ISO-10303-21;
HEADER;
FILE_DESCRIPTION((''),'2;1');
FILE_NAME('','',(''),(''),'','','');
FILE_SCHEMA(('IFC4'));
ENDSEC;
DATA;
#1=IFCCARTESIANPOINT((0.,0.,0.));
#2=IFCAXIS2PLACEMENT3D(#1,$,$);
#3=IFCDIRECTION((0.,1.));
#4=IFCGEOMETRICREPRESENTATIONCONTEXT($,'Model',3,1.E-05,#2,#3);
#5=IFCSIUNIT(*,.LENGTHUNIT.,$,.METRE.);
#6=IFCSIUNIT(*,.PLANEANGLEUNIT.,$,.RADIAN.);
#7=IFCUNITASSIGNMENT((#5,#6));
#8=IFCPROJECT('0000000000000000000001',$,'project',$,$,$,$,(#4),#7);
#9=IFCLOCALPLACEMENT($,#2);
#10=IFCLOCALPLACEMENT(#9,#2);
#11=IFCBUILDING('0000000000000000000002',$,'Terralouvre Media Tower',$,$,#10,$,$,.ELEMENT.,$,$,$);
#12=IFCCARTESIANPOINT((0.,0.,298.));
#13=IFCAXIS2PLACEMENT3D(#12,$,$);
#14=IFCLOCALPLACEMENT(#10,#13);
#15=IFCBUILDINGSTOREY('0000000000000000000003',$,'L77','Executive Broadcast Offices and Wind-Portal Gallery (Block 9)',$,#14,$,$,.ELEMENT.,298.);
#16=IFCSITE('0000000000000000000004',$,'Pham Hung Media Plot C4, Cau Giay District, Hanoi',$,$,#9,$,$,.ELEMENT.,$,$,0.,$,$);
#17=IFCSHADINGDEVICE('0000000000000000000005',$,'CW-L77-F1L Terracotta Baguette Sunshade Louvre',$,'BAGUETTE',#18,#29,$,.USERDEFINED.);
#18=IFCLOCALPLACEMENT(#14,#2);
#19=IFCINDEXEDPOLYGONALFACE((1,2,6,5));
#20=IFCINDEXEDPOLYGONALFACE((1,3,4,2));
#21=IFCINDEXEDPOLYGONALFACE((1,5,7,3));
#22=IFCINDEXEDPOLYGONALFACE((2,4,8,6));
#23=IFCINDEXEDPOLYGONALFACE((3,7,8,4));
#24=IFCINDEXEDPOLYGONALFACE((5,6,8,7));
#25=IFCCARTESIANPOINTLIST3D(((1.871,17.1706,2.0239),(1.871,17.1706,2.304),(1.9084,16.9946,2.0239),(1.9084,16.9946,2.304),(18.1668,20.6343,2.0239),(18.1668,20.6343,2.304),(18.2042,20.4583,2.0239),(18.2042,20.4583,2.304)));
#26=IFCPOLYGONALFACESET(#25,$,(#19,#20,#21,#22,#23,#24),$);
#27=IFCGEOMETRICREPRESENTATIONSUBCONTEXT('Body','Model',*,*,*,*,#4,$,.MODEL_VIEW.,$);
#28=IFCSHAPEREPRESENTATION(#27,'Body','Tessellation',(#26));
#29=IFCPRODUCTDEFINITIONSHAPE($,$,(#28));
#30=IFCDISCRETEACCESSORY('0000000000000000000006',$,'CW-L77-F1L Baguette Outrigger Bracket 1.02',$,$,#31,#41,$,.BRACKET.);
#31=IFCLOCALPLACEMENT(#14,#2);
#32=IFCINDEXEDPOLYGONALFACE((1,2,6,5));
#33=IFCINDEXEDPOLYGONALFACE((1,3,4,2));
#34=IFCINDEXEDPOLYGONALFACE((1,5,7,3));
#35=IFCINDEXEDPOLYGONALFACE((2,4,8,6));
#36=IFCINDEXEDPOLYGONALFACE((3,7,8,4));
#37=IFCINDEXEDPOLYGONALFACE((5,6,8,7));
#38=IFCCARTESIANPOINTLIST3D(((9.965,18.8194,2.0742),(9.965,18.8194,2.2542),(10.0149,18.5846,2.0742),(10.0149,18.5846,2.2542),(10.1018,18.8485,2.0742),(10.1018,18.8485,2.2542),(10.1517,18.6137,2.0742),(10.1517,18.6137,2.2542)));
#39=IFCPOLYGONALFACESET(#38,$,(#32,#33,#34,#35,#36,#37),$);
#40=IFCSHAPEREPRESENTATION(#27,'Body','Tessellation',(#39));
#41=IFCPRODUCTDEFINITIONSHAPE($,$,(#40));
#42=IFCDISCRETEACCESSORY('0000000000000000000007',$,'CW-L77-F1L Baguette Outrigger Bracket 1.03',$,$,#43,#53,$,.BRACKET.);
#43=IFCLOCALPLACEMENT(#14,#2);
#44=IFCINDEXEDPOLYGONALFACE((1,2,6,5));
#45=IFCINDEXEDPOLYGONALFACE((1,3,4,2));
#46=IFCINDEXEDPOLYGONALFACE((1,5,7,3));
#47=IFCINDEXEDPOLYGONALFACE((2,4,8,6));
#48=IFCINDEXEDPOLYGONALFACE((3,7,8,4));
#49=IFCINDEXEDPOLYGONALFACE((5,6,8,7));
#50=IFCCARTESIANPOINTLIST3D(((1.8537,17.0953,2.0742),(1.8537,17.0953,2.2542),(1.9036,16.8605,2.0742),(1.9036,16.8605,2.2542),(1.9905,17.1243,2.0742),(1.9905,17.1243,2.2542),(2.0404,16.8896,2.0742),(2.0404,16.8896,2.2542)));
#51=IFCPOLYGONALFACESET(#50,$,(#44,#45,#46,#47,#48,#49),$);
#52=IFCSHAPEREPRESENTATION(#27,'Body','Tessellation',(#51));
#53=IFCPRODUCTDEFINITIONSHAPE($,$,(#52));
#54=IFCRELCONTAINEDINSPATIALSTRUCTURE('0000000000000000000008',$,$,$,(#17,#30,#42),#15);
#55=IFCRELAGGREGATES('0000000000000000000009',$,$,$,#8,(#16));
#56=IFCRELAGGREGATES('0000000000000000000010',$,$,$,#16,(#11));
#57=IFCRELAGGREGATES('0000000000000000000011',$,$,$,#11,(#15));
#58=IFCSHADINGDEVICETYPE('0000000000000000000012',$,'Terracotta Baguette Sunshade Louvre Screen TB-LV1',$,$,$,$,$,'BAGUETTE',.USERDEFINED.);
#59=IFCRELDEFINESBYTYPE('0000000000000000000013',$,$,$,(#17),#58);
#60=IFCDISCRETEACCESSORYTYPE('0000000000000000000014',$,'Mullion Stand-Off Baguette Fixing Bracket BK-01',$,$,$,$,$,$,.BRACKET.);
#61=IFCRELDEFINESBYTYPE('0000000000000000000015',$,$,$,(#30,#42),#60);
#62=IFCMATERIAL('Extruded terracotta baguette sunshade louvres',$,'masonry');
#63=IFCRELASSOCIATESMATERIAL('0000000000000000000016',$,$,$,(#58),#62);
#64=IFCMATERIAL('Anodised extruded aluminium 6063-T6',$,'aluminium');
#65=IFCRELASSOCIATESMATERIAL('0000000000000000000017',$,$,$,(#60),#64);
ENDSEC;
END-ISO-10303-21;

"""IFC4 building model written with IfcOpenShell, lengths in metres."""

from ifc_helpers import new_model, si_unit, direction, frame, origin, origin_2d, place, context, subcontext, project, spatial, rectangle, extrude, material, type_object, element, save


model = new_model("IFC4")

# Units and contexts
model_context = context("Model", 3, precision=1e-05, world=origin(), true_north=direction((0.0, 1.0)))
body_context = subcontext(model_context, "Body", "Model", "MODEL_VIEW")
ifc_project = project(units=[si_unit("LENGTHUNIT", "METRE"), si_unit("PLANEANGLEUNIT", "RADIAN")], contexts=[model_context])

# Site, building, storey
site_placement = place(None, origin())
site = spatial("IfcSite", under=ifc_project, at=site_placement, Name="Pham Hung Media Plot C4, Cau Giay District, Hanoi", CompositionType="ELEMENT", RefElevation=0.0)
building_placement = place(site_placement, origin())
building = spatial("IfcBuilding", under=site, at=building_placement, Name="Terralouvre Media Tower", CompositionType="ELEMENT")
storey_placement = place(building_placement, frame((0.0, 0.0, 298.0)))
storey = spatial("IfcBuildingStorey", under=building, at=storey_placement, Name="L77", Description="Executive Broadcast Offices and Wind-Portal Gallery (Block 9)", CompositionType="ELEMENT", Elevation=298.0)

# Shading device
ifc_material_1 = material(Name="Extruded terracotta baguette sunshade louvres", Category="masonry")
shading_device_type = type_object("IfcShadingDeviceType", Name="Terracotta Baguette Sunshade Louvre Screen TB-LV1", ElementType="BAGUETTE", PredefinedType="USERDEFINED", material=ifc_material_1)
shading_device_placement = place(storey_placement, frame((10.0376, 18.8145, 2.0239), z_axis=(0.0, 0.0, 1.0), x_axis=(-0.978148, -0.207912, 0.0)))
element("IfcShadingDevice", 1, at=shading_device_placement, inside=storey, type_object=shading_device_type, Name="CW-L77-F1L Terracotta Baguette Sunshade Louvre", ObjectType="BAGUETTE", PredefinedType="USERDEFINED", context=body_context, shape_type="SweptSolid", body=[
    extrude(rectangle(XDim=16.6599, YDim=0.1799, at=origin_2d()), origin(), (0.0, 0.0, 1.0), 0.28),
])

# Discrete accessories
ifc_material_2 = material(Name="Anodised extruded aluminium 6063-T6", Category="aluminium")
discrete_accessory_type = type_object("IfcDiscreteAccessoryType", Name="Mullion Stand-Off Baguette Fixing Bracket BK-01", PredefinedType="BRACKET", material=ifc_material_2)
for number, where, z_axis, x_axis, name in (
    (2, (10.0583, 18.7166, 2.0742), (0.0, 0.0, 1.0), (-0.978148, -0.207912, 0.0), "CW-L77-F1L Baguette Outrigger Bracket 1.02"),
    (3, (1.947, 16.9924, 2.0742), (0.0, 0.0, 1.0), (-0.978148, -0.207912, 0.0), "CW-L77-F1L Baguette Outrigger Bracket 1.03"),
):
    element("IfcDiscreteAccessory", number, at=place(storey_placement, frame(where, z_axis=z_axis, x_axis=x_axis)), inside=storey, type_object=discrete_accessory_type, Name=name, PredefinedType="BRACKET", context=body_context, shape_type="SweptSolid", body=[
        extrude(rectangle(XDim=0.1399, YDim=0.24, at=origin_2d()), origin(), (0.0, 0.0, 1.0), 0.1799),
    ])

save(model, "model.ifc")
